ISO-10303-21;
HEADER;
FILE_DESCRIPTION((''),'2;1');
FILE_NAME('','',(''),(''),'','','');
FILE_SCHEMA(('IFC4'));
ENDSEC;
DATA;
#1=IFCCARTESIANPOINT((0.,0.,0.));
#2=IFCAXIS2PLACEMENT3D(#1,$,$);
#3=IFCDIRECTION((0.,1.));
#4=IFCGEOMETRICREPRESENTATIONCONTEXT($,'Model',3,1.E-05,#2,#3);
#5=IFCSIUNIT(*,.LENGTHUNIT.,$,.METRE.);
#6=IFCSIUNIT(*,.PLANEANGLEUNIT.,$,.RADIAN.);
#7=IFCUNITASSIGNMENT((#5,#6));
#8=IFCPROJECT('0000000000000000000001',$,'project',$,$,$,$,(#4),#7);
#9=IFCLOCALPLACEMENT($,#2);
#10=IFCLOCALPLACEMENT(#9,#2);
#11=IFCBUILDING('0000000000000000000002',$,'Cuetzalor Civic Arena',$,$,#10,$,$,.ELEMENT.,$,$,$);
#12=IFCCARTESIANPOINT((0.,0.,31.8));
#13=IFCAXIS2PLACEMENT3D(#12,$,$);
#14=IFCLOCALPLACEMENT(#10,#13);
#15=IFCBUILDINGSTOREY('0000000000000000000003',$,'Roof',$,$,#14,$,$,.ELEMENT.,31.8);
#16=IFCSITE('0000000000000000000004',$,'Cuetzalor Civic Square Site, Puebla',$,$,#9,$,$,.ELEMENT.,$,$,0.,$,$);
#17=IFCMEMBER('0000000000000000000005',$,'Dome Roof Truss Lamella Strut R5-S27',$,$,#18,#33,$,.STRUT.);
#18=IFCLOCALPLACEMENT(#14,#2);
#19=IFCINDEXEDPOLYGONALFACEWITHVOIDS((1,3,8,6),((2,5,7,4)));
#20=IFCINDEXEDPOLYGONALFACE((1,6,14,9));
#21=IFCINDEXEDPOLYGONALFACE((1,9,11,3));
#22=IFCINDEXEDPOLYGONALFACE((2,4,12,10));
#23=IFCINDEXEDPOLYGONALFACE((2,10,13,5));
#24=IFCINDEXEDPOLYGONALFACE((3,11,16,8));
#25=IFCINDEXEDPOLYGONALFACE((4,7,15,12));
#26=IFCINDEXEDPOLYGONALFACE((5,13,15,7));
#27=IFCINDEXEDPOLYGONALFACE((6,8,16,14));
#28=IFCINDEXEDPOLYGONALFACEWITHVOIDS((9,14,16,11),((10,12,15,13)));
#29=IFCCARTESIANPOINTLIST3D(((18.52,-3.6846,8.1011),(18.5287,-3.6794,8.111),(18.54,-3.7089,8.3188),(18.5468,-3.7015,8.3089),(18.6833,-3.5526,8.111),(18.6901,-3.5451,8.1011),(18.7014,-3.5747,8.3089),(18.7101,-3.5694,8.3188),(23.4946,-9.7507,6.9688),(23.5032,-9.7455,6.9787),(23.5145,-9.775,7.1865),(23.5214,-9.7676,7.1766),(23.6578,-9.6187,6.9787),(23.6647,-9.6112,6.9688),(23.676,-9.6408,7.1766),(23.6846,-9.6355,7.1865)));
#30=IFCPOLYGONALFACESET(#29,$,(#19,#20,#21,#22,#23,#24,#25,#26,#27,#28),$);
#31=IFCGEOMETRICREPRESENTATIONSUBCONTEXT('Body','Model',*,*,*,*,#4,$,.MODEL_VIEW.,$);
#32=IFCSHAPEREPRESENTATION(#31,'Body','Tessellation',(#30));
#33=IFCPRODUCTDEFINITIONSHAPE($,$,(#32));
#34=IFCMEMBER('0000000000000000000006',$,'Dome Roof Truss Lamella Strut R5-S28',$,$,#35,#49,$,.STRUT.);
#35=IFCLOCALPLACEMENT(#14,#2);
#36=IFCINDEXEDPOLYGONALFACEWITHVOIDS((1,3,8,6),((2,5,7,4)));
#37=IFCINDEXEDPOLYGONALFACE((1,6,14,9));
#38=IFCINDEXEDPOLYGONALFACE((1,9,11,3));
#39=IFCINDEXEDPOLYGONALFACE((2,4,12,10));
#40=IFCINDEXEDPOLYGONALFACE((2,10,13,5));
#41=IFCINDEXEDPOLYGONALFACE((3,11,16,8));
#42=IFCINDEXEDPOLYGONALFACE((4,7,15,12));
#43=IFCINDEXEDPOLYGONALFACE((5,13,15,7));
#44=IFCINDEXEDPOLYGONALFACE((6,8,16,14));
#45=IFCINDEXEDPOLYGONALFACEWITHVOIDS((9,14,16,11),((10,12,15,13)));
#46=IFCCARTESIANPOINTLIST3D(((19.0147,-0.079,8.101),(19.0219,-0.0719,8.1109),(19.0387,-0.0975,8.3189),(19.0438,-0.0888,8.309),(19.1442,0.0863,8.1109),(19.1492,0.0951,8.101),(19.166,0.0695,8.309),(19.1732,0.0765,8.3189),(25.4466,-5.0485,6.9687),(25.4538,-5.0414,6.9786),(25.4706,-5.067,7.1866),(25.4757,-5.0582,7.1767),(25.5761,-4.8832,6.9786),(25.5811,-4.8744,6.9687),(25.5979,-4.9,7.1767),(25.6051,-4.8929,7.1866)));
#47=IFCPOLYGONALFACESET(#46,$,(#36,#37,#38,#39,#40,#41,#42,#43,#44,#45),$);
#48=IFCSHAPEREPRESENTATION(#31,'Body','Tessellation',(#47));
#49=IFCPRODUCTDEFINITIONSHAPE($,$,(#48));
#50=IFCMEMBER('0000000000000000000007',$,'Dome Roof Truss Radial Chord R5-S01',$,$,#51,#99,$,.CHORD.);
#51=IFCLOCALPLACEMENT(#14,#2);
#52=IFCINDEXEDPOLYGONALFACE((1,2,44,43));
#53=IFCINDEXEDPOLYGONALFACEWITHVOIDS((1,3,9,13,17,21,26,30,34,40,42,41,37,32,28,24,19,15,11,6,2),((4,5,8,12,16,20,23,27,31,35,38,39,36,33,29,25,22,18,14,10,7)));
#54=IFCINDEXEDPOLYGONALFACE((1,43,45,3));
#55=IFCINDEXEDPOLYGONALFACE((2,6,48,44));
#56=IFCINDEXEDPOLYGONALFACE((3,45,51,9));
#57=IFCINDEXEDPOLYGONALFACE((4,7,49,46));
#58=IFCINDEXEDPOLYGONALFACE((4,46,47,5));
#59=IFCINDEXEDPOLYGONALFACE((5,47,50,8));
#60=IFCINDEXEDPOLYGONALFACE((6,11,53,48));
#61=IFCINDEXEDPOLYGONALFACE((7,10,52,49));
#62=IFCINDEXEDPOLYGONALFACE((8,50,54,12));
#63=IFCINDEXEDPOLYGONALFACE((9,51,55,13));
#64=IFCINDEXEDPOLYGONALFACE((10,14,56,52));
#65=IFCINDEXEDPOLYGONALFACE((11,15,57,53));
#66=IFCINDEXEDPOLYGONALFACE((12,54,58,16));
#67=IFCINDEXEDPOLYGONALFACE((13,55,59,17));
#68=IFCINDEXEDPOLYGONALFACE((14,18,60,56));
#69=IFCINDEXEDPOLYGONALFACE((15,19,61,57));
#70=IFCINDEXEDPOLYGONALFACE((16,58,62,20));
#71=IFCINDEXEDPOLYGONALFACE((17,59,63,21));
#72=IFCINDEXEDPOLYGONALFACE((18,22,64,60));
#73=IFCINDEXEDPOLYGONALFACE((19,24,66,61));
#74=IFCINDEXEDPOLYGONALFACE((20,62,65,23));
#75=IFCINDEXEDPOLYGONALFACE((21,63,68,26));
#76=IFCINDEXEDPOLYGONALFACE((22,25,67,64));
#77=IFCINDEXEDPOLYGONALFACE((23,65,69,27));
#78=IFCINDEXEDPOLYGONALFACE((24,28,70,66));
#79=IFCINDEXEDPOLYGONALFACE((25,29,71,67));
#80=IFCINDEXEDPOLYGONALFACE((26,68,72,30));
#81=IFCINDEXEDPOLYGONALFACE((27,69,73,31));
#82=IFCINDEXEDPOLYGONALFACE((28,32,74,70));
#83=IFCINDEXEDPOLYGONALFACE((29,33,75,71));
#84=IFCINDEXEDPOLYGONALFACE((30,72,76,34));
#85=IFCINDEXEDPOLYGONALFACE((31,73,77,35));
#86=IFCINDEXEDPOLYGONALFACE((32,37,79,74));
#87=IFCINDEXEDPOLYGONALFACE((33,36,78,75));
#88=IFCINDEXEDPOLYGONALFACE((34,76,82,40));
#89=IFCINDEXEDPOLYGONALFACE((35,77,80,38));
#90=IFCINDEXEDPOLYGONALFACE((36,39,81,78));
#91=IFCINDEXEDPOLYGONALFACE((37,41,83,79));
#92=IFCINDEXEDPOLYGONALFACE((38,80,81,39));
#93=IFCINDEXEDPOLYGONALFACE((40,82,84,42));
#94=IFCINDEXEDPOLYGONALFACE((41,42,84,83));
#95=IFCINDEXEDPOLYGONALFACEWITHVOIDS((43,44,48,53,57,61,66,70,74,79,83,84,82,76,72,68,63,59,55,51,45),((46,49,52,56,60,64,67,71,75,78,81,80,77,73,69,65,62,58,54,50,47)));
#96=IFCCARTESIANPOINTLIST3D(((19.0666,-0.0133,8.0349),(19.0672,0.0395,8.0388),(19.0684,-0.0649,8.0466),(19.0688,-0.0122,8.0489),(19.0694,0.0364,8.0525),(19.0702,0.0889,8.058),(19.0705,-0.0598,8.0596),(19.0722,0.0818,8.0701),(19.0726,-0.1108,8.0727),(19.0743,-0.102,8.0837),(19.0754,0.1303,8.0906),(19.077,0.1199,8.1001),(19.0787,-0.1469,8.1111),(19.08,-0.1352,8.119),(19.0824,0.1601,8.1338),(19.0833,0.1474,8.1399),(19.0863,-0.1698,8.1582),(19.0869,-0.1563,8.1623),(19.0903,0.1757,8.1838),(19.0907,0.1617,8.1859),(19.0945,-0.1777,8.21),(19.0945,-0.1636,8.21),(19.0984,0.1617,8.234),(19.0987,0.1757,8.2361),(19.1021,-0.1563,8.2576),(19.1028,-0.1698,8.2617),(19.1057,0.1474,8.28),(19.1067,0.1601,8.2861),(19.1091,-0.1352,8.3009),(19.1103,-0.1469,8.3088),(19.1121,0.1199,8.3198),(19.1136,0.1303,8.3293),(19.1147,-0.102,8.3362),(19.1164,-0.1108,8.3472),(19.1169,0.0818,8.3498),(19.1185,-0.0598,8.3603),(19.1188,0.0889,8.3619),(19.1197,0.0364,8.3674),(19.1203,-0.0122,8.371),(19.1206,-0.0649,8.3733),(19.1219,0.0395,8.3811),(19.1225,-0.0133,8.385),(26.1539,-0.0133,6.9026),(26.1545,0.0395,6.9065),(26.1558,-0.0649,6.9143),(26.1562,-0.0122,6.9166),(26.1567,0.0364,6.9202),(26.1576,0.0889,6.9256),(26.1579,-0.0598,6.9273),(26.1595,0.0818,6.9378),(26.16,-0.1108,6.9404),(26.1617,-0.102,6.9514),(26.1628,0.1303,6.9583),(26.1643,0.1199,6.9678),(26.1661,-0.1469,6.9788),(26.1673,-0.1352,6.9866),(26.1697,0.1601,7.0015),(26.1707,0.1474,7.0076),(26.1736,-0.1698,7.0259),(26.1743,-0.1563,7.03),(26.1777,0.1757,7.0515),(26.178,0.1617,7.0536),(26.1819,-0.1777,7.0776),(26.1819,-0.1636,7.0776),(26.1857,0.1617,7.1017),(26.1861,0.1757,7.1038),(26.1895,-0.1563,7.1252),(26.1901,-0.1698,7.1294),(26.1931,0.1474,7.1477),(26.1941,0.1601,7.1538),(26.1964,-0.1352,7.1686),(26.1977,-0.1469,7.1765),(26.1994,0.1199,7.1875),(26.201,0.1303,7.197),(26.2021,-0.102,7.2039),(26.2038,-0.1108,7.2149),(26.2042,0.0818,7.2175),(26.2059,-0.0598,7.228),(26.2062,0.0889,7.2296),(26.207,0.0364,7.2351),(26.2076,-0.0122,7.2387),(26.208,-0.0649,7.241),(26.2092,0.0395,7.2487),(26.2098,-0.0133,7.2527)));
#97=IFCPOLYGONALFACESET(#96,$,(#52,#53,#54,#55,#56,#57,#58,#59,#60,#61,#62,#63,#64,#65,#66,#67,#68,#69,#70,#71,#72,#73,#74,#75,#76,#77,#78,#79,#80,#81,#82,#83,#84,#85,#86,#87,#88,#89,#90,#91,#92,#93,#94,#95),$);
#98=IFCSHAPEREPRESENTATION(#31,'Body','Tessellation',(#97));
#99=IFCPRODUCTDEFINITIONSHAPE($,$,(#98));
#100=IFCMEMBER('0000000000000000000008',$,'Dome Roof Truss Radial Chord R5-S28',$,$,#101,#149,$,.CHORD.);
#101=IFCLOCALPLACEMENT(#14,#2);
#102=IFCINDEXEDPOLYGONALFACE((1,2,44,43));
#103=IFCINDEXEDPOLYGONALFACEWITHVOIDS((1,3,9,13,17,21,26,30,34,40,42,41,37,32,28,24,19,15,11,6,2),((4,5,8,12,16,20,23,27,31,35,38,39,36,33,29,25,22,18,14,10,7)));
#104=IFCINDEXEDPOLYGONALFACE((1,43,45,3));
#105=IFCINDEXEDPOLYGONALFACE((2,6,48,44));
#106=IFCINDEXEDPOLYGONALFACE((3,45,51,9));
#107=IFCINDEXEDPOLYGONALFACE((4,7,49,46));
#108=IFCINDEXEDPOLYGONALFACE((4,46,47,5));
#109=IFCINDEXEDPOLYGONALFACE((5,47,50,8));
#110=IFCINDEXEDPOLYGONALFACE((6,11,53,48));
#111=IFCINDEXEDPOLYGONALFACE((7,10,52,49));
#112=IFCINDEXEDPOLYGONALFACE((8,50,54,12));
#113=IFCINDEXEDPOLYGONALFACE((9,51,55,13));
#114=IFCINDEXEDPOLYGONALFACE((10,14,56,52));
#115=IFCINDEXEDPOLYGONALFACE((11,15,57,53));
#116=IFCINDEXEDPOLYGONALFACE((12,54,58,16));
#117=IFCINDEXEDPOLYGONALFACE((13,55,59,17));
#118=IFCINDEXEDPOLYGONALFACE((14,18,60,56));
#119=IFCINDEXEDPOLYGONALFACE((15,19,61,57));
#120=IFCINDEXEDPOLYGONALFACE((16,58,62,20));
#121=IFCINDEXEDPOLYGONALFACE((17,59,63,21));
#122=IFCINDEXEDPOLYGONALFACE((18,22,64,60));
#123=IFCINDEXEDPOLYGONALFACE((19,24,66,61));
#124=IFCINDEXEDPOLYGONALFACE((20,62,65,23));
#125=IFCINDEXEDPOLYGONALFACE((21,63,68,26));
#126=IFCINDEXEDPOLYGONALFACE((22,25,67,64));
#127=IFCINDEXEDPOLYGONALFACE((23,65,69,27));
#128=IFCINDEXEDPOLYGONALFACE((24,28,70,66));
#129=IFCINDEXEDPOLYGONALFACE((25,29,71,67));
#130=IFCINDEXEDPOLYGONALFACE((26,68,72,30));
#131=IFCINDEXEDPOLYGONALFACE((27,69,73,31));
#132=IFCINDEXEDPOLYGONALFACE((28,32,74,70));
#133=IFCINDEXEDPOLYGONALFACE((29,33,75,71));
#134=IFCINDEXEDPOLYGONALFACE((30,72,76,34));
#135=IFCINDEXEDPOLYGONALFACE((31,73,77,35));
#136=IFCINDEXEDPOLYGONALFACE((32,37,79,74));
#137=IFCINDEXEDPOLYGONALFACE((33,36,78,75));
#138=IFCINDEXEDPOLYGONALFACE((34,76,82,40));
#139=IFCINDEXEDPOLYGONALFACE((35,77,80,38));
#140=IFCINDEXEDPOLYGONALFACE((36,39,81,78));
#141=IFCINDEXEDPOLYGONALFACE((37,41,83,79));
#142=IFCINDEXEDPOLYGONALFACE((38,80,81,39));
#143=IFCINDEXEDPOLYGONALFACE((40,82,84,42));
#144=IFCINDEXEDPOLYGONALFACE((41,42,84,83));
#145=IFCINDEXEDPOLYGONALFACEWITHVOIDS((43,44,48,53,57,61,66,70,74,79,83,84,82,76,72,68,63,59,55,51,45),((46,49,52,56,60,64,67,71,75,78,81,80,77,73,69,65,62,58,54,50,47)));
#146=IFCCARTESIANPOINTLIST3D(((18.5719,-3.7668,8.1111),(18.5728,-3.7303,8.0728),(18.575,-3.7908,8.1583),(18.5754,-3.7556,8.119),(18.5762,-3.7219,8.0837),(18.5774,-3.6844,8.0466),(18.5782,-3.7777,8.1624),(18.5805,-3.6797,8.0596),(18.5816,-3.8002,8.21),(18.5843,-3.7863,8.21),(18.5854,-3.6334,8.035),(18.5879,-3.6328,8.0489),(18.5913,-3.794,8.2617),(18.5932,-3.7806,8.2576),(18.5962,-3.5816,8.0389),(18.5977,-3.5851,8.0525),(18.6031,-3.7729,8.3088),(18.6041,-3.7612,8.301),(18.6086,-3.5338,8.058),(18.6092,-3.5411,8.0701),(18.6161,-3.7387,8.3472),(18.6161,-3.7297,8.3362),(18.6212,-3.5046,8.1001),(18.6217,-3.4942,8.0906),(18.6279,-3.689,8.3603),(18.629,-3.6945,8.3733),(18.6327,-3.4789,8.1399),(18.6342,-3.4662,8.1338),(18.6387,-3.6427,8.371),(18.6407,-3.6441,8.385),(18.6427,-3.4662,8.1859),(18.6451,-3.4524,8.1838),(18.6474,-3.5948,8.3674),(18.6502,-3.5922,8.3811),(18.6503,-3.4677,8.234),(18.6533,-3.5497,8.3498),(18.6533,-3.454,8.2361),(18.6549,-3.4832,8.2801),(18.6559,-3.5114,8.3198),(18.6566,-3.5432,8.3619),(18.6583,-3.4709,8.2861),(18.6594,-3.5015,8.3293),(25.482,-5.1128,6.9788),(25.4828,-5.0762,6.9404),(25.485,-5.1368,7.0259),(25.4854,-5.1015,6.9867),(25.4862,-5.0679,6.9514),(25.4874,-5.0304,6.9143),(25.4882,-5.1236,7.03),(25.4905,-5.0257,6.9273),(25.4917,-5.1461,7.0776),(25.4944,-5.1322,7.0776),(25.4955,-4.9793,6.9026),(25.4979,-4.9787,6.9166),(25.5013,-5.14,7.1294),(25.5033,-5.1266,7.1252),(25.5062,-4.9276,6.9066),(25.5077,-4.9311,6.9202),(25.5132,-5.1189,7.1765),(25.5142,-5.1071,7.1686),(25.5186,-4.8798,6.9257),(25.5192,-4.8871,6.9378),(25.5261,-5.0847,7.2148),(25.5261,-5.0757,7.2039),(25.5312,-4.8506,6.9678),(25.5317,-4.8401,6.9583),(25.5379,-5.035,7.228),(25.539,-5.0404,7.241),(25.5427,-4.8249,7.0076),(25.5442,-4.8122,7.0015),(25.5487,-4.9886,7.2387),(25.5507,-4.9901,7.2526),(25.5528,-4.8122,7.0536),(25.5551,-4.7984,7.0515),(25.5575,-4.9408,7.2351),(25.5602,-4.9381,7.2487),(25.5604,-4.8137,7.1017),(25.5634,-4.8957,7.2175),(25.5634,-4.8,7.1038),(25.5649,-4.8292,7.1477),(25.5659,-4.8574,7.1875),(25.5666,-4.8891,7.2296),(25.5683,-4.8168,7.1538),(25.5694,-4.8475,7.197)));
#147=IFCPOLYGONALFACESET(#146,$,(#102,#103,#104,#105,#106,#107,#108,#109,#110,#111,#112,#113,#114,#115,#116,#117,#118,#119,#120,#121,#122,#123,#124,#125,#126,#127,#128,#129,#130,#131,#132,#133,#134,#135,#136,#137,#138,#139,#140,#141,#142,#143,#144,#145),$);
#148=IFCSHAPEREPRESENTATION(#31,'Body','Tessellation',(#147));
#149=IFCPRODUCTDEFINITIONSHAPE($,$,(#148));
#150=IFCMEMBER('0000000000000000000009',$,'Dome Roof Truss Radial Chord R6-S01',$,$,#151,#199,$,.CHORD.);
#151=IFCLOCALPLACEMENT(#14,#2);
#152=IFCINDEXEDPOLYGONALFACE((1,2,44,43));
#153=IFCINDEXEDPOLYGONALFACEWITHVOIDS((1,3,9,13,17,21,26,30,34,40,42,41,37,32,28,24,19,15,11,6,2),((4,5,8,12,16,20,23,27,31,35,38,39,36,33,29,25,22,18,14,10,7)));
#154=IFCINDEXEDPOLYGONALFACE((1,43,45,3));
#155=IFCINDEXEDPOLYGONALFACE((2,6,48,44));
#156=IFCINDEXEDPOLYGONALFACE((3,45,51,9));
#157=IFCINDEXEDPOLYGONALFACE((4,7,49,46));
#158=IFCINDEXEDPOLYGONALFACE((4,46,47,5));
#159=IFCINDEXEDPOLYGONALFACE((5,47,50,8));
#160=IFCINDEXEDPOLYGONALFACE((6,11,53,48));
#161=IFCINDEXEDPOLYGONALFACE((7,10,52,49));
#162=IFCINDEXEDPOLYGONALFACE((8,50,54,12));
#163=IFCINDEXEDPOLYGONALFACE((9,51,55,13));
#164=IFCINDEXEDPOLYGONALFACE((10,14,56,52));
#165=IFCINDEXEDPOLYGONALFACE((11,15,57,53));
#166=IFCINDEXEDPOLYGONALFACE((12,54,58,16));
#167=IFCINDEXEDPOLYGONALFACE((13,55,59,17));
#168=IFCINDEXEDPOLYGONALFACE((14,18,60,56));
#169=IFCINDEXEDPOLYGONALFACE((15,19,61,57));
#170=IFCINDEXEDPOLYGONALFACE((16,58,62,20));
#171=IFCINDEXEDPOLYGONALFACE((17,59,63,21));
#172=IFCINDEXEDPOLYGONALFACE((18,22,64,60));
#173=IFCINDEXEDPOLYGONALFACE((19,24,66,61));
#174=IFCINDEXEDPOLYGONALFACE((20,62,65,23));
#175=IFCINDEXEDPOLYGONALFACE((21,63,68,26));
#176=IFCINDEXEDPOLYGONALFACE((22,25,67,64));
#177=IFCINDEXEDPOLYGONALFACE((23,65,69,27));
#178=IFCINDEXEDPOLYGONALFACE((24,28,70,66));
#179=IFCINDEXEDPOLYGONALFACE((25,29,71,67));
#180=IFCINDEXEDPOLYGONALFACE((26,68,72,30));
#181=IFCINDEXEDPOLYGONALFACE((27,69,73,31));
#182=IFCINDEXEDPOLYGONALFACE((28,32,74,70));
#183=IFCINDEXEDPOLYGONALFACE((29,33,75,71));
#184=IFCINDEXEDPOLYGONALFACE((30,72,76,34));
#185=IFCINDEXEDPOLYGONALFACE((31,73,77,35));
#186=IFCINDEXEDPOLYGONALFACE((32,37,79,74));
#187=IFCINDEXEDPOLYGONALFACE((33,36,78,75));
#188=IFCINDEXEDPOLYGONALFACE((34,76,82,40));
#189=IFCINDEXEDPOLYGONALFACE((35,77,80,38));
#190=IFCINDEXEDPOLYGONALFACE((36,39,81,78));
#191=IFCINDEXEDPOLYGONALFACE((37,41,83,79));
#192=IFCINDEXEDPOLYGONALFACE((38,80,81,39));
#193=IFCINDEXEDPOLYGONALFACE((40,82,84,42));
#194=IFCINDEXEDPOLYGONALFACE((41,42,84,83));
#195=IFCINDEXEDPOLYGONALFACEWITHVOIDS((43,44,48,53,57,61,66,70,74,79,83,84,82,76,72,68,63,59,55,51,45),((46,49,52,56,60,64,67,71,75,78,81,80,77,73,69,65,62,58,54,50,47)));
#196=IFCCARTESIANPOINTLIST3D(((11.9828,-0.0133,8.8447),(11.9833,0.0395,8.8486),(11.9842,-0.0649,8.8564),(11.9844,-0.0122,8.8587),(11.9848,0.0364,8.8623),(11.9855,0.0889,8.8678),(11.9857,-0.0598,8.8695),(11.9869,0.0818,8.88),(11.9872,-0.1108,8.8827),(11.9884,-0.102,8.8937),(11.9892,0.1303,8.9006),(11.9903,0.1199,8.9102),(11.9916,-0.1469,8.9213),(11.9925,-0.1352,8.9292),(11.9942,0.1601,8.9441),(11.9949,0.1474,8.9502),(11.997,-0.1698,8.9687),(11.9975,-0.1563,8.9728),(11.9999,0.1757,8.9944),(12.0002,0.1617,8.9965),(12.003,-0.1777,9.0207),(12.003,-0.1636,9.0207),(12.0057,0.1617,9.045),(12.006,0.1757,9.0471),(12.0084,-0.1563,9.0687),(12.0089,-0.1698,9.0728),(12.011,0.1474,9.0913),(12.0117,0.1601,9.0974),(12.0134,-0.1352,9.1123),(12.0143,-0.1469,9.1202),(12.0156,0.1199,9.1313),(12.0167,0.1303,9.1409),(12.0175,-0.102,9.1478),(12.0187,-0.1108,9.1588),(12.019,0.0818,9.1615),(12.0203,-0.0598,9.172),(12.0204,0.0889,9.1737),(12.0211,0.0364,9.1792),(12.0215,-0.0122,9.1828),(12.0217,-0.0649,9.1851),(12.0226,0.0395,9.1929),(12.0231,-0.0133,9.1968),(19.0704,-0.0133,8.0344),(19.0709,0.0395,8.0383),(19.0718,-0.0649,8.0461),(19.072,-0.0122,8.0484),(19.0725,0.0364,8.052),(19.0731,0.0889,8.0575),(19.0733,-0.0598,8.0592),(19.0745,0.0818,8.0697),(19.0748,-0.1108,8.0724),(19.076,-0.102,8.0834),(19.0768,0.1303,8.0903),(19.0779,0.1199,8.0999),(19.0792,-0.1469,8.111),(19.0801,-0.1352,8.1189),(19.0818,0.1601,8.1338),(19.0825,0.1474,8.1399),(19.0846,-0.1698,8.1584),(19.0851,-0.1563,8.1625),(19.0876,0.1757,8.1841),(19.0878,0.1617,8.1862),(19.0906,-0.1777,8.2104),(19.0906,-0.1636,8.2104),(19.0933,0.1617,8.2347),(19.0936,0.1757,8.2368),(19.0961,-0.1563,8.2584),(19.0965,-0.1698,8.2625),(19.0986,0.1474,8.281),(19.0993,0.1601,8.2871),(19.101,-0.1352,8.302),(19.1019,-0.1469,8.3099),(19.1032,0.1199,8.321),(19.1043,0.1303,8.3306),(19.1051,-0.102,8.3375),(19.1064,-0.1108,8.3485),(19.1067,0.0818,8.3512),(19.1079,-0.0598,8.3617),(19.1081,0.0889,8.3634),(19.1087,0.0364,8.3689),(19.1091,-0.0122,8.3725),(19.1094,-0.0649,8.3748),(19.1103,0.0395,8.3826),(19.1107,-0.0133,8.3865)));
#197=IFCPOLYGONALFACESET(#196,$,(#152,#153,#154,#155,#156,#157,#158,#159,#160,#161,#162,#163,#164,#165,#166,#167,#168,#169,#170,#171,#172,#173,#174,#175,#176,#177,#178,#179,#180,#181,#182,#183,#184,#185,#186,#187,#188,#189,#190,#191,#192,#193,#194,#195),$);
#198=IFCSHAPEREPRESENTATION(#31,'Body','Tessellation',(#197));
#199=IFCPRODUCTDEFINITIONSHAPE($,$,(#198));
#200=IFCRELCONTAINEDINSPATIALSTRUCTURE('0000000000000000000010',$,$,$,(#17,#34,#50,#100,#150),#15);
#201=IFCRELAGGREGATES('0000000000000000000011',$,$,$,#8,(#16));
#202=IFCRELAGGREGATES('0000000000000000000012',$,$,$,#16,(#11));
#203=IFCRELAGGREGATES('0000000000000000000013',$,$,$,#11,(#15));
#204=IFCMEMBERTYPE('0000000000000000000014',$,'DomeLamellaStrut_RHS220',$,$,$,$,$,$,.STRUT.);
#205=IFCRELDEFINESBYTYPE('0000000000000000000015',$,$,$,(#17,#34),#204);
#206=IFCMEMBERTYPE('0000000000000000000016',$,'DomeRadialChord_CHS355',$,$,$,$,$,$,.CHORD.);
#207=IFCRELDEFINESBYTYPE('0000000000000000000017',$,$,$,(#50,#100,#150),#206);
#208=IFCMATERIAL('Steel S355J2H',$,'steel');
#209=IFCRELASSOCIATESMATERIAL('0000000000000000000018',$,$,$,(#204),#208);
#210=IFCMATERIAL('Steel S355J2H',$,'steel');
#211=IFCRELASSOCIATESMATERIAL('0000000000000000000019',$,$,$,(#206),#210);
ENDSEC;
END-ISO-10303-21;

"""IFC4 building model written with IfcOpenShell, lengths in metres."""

from ifc_helpers import new_model, si_unit, direction, frame, origin, origin_2d, place, context, subcontext, project, spatial, hollow_rectangle, hollow_circle, extrude, material, material_profile, profile_set, type_object, element, save


model = new_model("IFC4")

# Units and contexts
model_context = context("Model", 3, precision=1e-05, world=origin(), true_north=direction((0.0, 1.0)))
body_context = subcontext(model_context, "Body", "Model", "MODEL_VIEW")
ifc_project = project(units=[si_unit("LENGTHUNIT", "METRE"), si_unit("PLANEANGLEUNIT", "RADIAN")], contexts=[model_context])

# Site, building, storey
site_placement = place(None, origin())
site = spatial("IfcSite", under=ifc_project, at=site_placement, Name="Cuetzalor Civic Square Site, Puebla", CompositionType="ELEMENT", RefElevation=0.0)
building_placement = place(site_placement, origin())
building = spatial("IfcBuilding", under=site, at=building_placement, Name="Cuetzalor Civic Arena", CompositionType="ELEMENT")
storey_placement = place(building_placement, frame((0.0, 0.0, 31.8)))
storey = spatial("IfcBuildingStorey", under=building, at=storey_placement, Name="Roof", CompositionType="ELEMENT", Elevation=31.8)

# Members
ifc_material_1 = material(Name="Steel S355J2H", Category="steel")
ifc_material_profile_1 = material_profile(ifc_material_1, hollow_rectangle(XDim=0.22, YDim=0.22, WallThickness=0.01, at=origin_2d()), Name="RHS 220x220x10")
ifc_profile_set_1 = profile_set([ifc_material_profile_1], Name="Steel S355J2H")
member_type_1 = type_object("IfcMemberType", Name="DomeLamellaStrut_RHS220", PredefinedType="STRUT", material=ifc_profile_set_1)
member_1_placement = place(storey_placement, frame((23.5896, -9.6931, 7.0776), z_axis=(-0.627603, 0.765315, 0.142855), x_axis=(-0.773246, -0.634107, 0.0)))
element("IfcMember", 1, at=member_1_placement, inside=storey, type_object=member_type_1, Name="Dome Roof Truss Lamella Strut R5-S27", PredefinedType="STRUT", context=body_context, shape_type="SweptSolid", body=[
    extrude(hollow_rectangle(XDim=0.22, YDim=0.22, WallThickness=0.01, at=origin_2d()), origin(), (0.0, 0.0, 1.0), 7.9263),
])
member_2_placement = place(storey_placement, frame((25.5259, -4.9707, 7.0776), z_axis=(-0.783753, 0.605553, 0.137979), x_axis=(-0.6114, -0.791321, 0.0)))
element("IfcMember", 2, at=member_2_placement, inside=storey, type_object=member_type_1, Name="Dome Roof Truss Lamella Strut R5-S28", PredefinedType="STRUT", context=body_context, shape_type="SweptSolid", body=[
    extrude(hollow_rectangle(XDim=0.22, YDim=0.22, WallThickness=0.01, at=origin_2d()), origin(), (0.0, 0.0, 1.0), 8.2065),
])
ifc_material_2 = material(Name="Steel S355J2H", Category="steel")
ifc_material_profile_2 = material_profile(ifc_material_2, hollow_circle(Radius=0.1777, WallThickness=0.0142, at=origin_2d()), Name="CHS 355.6x14.2")
ifc_profile_set_2 = profile_set([ifc_material_profile_2], Name="Steel S355J2H")
member_type_2 = type_object("IfcMemberType", Name="DomeRadialChord_CHS355", PredefinedType="CHORD", material=ifc_profile_set_2)
member_3_placement = place(storey_placement, frame((26.1819, 0.0, 7.0776), z_axis=(-0.987477, 0.0, 0.157765), x_axis=(0.0, -1.0, 0.0)))
element("IfcMember", 3, at=member_3_placement, inside=storey, type_object=member_type_2, Name="Dome Roof Truss Radial Chord R5-S01", PredefinedType="CHORD", context=body_context, shape_type="SweptSolid", body=[
    extrude(hollow_circle(Radius=0.1777, WallThickness=0.0142, at=origin_2d()), origin(), (0.0, 0.0, 1.0), 7.1772),
])
member_4_placement = place(storey_placement, frame((25.5256, -4.9717, 7.0776), z_axis=(-0.969097, 0.188766, 0.158805), x_axis=(-0.191192, -0.981553, 0.0)))
element("IfcMember", 4, at=member_4_placement, inside=storey, type_object=member_type_2, Name="Dome Roof Truss Radial Chord R5-S28", PredefinedType="CHORD", context=body_context, shape_type="SweptSolid", body=[
    extrude(hollow_circle(Radius=0.1777, WallThickness=0.0142, at=origin_2d()), origin(), (0.0, 0.0, 1.0), 7.1304),
])
member_5_placement = place(storey_placement, frame((19.0906, 0.0, 8.2104), z_axis=(-0.993528, 0.0, 0.113586), x_axis=(0.0, -1.0, 0.0)))
element("IfcMember", 5, at=member_5_placement, inside=storey, type_object=member_type_2, Name="Dome Roof Truss Radial Chord R6-S01", PredefinedType="CHORD", context=body_context, shape_type="SweptSolid", body=[
    extrude(hollow_circle(Radius=0.1777, WallThickness=0.0142, at=origin_2d()), origin(), (0.0, 0.0, 1.0), 7.1338),
])

save(model, "model.ifc")
